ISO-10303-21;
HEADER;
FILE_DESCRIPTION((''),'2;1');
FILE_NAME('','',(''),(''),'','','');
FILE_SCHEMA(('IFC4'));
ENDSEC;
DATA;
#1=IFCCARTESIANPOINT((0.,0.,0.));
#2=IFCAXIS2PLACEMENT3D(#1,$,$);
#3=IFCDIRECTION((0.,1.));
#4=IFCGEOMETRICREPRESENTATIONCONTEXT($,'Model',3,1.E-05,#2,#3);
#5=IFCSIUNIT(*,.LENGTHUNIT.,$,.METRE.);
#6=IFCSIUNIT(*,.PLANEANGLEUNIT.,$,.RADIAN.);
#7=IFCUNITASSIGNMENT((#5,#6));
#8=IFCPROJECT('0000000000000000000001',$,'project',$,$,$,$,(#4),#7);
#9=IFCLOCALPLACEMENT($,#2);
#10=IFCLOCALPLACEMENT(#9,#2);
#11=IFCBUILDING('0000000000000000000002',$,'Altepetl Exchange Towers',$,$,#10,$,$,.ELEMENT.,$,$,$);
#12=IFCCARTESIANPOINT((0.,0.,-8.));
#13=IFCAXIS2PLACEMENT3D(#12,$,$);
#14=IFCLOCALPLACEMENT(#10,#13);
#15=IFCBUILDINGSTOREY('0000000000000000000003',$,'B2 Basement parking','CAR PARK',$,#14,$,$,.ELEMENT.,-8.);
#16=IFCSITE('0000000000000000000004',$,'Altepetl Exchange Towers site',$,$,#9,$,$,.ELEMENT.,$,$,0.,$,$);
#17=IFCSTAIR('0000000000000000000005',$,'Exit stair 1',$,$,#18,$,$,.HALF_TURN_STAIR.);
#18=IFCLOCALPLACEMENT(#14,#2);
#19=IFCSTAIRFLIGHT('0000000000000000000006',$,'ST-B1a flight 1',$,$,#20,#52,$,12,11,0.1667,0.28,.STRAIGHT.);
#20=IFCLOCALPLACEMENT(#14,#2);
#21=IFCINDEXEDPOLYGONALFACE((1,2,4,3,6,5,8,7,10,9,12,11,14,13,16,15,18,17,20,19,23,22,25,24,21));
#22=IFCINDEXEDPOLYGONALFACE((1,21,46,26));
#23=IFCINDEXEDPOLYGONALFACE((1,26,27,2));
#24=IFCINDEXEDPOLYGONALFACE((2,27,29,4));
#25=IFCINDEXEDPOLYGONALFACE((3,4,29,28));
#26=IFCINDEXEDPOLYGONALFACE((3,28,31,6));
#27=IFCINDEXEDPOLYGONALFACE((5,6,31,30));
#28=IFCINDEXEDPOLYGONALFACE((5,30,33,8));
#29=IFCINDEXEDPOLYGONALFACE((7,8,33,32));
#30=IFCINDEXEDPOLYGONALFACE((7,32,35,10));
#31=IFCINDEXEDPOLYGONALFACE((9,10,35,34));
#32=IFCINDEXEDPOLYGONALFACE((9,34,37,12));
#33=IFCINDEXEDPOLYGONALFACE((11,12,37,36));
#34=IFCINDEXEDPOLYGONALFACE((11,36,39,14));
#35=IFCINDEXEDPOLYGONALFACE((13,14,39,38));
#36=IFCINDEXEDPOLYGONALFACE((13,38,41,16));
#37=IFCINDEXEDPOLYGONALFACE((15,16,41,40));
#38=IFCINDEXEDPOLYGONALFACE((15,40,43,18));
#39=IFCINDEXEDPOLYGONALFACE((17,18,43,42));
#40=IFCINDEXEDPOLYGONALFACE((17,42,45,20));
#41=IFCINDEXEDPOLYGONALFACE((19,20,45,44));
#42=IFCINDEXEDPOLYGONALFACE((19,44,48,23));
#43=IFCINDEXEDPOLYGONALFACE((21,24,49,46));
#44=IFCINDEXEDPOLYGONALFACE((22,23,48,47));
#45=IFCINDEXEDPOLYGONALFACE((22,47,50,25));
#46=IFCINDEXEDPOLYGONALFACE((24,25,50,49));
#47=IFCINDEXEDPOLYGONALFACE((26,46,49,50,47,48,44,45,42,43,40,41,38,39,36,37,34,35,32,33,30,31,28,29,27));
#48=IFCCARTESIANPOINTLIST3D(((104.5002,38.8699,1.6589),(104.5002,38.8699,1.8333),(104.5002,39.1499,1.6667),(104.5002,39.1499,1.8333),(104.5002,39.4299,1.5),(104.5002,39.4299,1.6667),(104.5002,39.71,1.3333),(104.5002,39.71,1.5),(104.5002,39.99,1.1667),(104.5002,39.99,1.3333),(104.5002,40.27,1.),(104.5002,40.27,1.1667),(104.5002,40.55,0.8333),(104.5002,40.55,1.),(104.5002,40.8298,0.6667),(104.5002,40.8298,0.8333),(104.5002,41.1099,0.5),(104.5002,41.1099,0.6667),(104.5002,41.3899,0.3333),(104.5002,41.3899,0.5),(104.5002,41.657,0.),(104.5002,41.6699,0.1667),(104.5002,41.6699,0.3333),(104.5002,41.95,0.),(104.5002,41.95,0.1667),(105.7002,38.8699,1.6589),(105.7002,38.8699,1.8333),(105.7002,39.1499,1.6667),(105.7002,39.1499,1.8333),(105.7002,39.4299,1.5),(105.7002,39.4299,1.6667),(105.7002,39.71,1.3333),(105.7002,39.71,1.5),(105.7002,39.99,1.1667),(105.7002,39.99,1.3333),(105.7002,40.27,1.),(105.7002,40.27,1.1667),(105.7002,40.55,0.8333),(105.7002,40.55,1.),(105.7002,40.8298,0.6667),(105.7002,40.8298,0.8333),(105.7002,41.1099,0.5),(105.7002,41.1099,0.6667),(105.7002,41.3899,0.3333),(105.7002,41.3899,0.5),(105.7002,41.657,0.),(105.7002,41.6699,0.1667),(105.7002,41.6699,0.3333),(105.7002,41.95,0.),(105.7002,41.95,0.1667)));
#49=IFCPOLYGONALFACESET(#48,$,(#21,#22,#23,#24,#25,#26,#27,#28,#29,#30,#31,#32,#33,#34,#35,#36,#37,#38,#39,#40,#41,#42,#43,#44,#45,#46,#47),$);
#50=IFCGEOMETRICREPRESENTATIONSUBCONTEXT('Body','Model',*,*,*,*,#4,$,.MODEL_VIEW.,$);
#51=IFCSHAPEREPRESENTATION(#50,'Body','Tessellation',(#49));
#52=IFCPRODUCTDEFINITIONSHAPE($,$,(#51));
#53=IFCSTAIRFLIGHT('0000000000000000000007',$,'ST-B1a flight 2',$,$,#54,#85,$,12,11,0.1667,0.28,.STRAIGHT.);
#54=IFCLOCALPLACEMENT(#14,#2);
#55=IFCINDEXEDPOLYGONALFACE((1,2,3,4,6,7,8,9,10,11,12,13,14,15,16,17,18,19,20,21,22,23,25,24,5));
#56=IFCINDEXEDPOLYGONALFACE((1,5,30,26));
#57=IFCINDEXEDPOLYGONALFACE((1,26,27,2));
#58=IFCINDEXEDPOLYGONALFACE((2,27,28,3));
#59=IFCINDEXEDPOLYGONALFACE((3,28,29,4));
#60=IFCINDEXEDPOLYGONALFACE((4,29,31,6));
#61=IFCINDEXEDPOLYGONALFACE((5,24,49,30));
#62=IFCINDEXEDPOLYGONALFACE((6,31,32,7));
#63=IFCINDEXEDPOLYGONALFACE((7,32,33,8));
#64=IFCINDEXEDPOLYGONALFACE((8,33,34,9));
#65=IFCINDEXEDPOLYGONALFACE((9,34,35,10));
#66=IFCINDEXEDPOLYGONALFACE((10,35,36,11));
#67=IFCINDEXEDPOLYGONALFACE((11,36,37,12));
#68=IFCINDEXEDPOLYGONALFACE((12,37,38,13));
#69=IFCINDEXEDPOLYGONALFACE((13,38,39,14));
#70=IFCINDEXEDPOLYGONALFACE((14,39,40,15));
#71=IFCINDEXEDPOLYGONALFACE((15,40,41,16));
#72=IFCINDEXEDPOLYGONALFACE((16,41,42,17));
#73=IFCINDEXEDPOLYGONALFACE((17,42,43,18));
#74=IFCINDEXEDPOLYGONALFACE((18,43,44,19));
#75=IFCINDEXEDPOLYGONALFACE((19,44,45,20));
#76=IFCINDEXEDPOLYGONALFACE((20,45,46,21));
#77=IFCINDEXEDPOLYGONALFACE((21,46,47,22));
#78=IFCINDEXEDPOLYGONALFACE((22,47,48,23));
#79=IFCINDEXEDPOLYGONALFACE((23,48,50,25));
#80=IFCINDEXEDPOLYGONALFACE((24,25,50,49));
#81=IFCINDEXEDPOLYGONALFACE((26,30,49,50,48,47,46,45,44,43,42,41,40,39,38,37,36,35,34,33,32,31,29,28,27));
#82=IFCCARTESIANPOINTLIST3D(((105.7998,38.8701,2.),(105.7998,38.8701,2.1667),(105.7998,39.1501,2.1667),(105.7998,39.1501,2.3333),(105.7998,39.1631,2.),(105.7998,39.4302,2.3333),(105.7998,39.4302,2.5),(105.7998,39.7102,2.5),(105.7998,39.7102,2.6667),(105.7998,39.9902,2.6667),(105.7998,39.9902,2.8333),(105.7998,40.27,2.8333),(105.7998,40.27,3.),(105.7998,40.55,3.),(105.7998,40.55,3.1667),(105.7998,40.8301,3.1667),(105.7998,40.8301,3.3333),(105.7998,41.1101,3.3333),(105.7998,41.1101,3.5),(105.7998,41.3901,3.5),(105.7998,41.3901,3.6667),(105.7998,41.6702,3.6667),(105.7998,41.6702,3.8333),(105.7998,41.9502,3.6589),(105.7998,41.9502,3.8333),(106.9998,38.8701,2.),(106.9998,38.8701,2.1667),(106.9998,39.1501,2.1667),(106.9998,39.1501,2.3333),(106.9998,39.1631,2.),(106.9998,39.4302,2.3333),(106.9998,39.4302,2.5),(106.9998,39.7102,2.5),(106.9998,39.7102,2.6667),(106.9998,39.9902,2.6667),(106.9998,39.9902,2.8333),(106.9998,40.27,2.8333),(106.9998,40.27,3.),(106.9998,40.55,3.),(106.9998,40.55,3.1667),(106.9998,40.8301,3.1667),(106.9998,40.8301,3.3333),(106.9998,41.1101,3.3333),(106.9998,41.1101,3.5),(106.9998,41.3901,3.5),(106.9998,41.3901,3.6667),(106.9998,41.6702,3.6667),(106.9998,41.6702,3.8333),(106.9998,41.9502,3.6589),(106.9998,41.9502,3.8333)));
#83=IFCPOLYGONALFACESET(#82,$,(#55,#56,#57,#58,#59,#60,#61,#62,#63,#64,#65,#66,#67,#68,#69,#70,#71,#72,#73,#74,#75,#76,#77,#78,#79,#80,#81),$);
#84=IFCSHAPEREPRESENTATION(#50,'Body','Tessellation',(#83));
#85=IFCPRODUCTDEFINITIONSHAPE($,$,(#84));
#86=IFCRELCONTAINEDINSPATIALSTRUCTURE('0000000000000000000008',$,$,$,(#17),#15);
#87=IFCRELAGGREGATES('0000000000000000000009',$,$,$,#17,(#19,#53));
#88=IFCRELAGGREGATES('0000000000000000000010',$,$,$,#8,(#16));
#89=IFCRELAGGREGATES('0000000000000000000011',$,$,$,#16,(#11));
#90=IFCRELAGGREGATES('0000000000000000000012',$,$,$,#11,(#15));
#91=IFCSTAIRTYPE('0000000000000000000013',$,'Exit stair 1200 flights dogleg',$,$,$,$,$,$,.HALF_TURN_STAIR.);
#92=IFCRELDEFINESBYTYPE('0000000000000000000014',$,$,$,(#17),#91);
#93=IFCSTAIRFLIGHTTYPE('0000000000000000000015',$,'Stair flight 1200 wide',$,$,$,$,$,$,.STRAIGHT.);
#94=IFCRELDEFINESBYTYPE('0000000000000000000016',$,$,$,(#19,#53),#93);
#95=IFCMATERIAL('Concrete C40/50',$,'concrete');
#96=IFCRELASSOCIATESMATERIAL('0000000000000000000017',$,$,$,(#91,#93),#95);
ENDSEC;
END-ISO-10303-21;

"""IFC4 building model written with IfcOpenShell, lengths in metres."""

from ifc_helpers import new_model, si_unit, direction, frame, origin, place, context, subcontext, project, spatial, polyline, outline, extrude, material, type_object, element, aggregate, save


model = new_model("IFC4")

# Units and contexts
model_context = context("Model", 3, precision=1e-05, world=origin(), true_north=direction((0.0, 1.0)))
body_context = subcontext(model_context, "Body", "Model", "MODEL_VIEW")
ifc_project = project(units=[si_unit("LENGTHUNIT", "METRE"), si_unit("PLANEANGLEUNIT", "RADIAN")], contexts=[model_context])

# Site, building, storey
site_placement = place(None, origin())
site = spatial("IfcSite", under=ifc_project, at=site_placement, Name="Altepetl Exchange Towers site", CompositionType="ELEMENT", RefElevation=0.0)
building_placement = place(site_placement, origin())
building = spatial("IfcBuilding", under=site, at=building_placement, Name="Altepetl Exchange Towers", CompositionType="ELEMENT")
storey_placement = place(building_placement, frame((0.0, 0.0, -8.0)))
storey = spatial("IfcBuildingStorey", under=building, at=storey_placement, Name="B2 Basement parking", Description="CAR PARK", CompositionType="ELEMENT", Elevation=-8.0)

# Shared definitions
ifc_material_1 = material(Name="Concrete C40/50", Category="concrete")

# Stair, stair flights
stair_type = type_object("IfcStairType", Name="Exit stair 1200 flights dogleg", PredefinedType="HALF_TURN_STAIR", material=ifc_material_1)
stair_placement = place(storey_placement, origin())
stair = element("IfcStair", 1, at=stair_placement, inside=storey, type_object=stair_type, Name="Exit stair 1", PredefinedType="HALF_TURN_STAIR")
stair_flight_type = type_object("IfcStairFlightType", Name="Stair flight 1200 wide", PredefinedType="STRAIGHT", material=ifc_material_1)
stair_flight_1_placement = place(storey_placement, frame((105.1001, 41.95, 0.0), z_axis=(0.0, 0.0, 1.0), x_axis=(0.0, -1.0, 0.0)))
stair_flight_1 = element("IfcStairFlight", 2, at=stair_flight_1_placement, type_object=stair_flight_type, Name="ST-B1a flight 1", NumberOfRisers=12, NumberOfTreads=11, PredefinedType="STRAIGHT", RiserHeight=0.1667, TreadLength=0.28, context=body_context, shape_type="SweptSolid", body=[
    extrude(outline(polyline([(0.0, 0.0), (0.0, 0.1667), (0.28, 0.1667), (0.28, 0.3333), (0.5601, 0.3333), (0.5601, 0.5), (0.8401, 0.5), (0.8401, 0.6667), (1.1201, 0.6667), (1.1201, 0.8333), (1.3999, 0.8333), (1.3999, 1.0), (1.6799, 1.0), (1.6799, 1.1667), (1.96, 1.1667), (1.96, 1.3333), (2.24, 1.3333), (2.24, 1.5), (2.52, 1.5), (2.52, 1.6667), (2.8, 1.6667), (2.8, 1.8333), (3.0801, 1.8333), (3.0801, 2.0), (3.0801, 1.6589), (0.293, 0.0), (0.0, 0.0)])), frame((0.0, 0.6001, 0.0), z_axis=(0.0, -1.0, 0.0), x_axis=(1.0, 0.0, 0.0)), (0.0, 0.0, 1.0), 1.2),
])
stair_flight_2_placement = place(storey_placement, frame((106.3999, 38.8701, 2.0), z_axis=(0.0, 0.0, 1.0), x_axis=(0.0, 1.0, 0.0)))
stair_flight_2 = element("IfcStairFlight", 3, at=stair_flight_2_placement, type_object=stair_flight_type, Name="ST-B1a flight 2", NumberOfRisers=12, NumberOfTreads=11, PredefinedType="STRAIGHT", RiserHeight=0.1667, TreadLength=0.28, context=body_context, shape_type="SweptSolid", body=[
    extrude(outline(polyline([(0.0, 0.0), (0.0, 0.1667), (0.28, 0.1667), (0.28, 0.3333), (0.5601, 0.3333), (0.5601, 0.5), (0.8401, 0.5), (0.8401, 0.6667), (1.1201, 0.6667), (1.1201, 0.8333), (1.3999, 0.8333), (1.3999, 1.0), (1.6799, 1.0), (1.6799, 1.1667), (1.96, 1.1667), (1.96, 1.3333), (2.24, 1.3333), (2.24, 1.5), (2.52, 1.5), (2.52, 1.6667), (2.8, 1.6667), (2.8, 1.8333), (3.0801, 1.8333), (3.0801, 2.0), (3.0801, 1.6589), (0.293, 0.0), (0.0, 0.0)])), frame((0.0, 0.6001, 0.0), z_axis=(0.0, -1.0, 0.0), x_axis=(1.0, 0.0, 0.0)), (0.0, 0.0, 1.0), 1.2),
])
aggregate(stair, [stair_flight_1, stair_flight_2])

save(model, "model.ifc")
